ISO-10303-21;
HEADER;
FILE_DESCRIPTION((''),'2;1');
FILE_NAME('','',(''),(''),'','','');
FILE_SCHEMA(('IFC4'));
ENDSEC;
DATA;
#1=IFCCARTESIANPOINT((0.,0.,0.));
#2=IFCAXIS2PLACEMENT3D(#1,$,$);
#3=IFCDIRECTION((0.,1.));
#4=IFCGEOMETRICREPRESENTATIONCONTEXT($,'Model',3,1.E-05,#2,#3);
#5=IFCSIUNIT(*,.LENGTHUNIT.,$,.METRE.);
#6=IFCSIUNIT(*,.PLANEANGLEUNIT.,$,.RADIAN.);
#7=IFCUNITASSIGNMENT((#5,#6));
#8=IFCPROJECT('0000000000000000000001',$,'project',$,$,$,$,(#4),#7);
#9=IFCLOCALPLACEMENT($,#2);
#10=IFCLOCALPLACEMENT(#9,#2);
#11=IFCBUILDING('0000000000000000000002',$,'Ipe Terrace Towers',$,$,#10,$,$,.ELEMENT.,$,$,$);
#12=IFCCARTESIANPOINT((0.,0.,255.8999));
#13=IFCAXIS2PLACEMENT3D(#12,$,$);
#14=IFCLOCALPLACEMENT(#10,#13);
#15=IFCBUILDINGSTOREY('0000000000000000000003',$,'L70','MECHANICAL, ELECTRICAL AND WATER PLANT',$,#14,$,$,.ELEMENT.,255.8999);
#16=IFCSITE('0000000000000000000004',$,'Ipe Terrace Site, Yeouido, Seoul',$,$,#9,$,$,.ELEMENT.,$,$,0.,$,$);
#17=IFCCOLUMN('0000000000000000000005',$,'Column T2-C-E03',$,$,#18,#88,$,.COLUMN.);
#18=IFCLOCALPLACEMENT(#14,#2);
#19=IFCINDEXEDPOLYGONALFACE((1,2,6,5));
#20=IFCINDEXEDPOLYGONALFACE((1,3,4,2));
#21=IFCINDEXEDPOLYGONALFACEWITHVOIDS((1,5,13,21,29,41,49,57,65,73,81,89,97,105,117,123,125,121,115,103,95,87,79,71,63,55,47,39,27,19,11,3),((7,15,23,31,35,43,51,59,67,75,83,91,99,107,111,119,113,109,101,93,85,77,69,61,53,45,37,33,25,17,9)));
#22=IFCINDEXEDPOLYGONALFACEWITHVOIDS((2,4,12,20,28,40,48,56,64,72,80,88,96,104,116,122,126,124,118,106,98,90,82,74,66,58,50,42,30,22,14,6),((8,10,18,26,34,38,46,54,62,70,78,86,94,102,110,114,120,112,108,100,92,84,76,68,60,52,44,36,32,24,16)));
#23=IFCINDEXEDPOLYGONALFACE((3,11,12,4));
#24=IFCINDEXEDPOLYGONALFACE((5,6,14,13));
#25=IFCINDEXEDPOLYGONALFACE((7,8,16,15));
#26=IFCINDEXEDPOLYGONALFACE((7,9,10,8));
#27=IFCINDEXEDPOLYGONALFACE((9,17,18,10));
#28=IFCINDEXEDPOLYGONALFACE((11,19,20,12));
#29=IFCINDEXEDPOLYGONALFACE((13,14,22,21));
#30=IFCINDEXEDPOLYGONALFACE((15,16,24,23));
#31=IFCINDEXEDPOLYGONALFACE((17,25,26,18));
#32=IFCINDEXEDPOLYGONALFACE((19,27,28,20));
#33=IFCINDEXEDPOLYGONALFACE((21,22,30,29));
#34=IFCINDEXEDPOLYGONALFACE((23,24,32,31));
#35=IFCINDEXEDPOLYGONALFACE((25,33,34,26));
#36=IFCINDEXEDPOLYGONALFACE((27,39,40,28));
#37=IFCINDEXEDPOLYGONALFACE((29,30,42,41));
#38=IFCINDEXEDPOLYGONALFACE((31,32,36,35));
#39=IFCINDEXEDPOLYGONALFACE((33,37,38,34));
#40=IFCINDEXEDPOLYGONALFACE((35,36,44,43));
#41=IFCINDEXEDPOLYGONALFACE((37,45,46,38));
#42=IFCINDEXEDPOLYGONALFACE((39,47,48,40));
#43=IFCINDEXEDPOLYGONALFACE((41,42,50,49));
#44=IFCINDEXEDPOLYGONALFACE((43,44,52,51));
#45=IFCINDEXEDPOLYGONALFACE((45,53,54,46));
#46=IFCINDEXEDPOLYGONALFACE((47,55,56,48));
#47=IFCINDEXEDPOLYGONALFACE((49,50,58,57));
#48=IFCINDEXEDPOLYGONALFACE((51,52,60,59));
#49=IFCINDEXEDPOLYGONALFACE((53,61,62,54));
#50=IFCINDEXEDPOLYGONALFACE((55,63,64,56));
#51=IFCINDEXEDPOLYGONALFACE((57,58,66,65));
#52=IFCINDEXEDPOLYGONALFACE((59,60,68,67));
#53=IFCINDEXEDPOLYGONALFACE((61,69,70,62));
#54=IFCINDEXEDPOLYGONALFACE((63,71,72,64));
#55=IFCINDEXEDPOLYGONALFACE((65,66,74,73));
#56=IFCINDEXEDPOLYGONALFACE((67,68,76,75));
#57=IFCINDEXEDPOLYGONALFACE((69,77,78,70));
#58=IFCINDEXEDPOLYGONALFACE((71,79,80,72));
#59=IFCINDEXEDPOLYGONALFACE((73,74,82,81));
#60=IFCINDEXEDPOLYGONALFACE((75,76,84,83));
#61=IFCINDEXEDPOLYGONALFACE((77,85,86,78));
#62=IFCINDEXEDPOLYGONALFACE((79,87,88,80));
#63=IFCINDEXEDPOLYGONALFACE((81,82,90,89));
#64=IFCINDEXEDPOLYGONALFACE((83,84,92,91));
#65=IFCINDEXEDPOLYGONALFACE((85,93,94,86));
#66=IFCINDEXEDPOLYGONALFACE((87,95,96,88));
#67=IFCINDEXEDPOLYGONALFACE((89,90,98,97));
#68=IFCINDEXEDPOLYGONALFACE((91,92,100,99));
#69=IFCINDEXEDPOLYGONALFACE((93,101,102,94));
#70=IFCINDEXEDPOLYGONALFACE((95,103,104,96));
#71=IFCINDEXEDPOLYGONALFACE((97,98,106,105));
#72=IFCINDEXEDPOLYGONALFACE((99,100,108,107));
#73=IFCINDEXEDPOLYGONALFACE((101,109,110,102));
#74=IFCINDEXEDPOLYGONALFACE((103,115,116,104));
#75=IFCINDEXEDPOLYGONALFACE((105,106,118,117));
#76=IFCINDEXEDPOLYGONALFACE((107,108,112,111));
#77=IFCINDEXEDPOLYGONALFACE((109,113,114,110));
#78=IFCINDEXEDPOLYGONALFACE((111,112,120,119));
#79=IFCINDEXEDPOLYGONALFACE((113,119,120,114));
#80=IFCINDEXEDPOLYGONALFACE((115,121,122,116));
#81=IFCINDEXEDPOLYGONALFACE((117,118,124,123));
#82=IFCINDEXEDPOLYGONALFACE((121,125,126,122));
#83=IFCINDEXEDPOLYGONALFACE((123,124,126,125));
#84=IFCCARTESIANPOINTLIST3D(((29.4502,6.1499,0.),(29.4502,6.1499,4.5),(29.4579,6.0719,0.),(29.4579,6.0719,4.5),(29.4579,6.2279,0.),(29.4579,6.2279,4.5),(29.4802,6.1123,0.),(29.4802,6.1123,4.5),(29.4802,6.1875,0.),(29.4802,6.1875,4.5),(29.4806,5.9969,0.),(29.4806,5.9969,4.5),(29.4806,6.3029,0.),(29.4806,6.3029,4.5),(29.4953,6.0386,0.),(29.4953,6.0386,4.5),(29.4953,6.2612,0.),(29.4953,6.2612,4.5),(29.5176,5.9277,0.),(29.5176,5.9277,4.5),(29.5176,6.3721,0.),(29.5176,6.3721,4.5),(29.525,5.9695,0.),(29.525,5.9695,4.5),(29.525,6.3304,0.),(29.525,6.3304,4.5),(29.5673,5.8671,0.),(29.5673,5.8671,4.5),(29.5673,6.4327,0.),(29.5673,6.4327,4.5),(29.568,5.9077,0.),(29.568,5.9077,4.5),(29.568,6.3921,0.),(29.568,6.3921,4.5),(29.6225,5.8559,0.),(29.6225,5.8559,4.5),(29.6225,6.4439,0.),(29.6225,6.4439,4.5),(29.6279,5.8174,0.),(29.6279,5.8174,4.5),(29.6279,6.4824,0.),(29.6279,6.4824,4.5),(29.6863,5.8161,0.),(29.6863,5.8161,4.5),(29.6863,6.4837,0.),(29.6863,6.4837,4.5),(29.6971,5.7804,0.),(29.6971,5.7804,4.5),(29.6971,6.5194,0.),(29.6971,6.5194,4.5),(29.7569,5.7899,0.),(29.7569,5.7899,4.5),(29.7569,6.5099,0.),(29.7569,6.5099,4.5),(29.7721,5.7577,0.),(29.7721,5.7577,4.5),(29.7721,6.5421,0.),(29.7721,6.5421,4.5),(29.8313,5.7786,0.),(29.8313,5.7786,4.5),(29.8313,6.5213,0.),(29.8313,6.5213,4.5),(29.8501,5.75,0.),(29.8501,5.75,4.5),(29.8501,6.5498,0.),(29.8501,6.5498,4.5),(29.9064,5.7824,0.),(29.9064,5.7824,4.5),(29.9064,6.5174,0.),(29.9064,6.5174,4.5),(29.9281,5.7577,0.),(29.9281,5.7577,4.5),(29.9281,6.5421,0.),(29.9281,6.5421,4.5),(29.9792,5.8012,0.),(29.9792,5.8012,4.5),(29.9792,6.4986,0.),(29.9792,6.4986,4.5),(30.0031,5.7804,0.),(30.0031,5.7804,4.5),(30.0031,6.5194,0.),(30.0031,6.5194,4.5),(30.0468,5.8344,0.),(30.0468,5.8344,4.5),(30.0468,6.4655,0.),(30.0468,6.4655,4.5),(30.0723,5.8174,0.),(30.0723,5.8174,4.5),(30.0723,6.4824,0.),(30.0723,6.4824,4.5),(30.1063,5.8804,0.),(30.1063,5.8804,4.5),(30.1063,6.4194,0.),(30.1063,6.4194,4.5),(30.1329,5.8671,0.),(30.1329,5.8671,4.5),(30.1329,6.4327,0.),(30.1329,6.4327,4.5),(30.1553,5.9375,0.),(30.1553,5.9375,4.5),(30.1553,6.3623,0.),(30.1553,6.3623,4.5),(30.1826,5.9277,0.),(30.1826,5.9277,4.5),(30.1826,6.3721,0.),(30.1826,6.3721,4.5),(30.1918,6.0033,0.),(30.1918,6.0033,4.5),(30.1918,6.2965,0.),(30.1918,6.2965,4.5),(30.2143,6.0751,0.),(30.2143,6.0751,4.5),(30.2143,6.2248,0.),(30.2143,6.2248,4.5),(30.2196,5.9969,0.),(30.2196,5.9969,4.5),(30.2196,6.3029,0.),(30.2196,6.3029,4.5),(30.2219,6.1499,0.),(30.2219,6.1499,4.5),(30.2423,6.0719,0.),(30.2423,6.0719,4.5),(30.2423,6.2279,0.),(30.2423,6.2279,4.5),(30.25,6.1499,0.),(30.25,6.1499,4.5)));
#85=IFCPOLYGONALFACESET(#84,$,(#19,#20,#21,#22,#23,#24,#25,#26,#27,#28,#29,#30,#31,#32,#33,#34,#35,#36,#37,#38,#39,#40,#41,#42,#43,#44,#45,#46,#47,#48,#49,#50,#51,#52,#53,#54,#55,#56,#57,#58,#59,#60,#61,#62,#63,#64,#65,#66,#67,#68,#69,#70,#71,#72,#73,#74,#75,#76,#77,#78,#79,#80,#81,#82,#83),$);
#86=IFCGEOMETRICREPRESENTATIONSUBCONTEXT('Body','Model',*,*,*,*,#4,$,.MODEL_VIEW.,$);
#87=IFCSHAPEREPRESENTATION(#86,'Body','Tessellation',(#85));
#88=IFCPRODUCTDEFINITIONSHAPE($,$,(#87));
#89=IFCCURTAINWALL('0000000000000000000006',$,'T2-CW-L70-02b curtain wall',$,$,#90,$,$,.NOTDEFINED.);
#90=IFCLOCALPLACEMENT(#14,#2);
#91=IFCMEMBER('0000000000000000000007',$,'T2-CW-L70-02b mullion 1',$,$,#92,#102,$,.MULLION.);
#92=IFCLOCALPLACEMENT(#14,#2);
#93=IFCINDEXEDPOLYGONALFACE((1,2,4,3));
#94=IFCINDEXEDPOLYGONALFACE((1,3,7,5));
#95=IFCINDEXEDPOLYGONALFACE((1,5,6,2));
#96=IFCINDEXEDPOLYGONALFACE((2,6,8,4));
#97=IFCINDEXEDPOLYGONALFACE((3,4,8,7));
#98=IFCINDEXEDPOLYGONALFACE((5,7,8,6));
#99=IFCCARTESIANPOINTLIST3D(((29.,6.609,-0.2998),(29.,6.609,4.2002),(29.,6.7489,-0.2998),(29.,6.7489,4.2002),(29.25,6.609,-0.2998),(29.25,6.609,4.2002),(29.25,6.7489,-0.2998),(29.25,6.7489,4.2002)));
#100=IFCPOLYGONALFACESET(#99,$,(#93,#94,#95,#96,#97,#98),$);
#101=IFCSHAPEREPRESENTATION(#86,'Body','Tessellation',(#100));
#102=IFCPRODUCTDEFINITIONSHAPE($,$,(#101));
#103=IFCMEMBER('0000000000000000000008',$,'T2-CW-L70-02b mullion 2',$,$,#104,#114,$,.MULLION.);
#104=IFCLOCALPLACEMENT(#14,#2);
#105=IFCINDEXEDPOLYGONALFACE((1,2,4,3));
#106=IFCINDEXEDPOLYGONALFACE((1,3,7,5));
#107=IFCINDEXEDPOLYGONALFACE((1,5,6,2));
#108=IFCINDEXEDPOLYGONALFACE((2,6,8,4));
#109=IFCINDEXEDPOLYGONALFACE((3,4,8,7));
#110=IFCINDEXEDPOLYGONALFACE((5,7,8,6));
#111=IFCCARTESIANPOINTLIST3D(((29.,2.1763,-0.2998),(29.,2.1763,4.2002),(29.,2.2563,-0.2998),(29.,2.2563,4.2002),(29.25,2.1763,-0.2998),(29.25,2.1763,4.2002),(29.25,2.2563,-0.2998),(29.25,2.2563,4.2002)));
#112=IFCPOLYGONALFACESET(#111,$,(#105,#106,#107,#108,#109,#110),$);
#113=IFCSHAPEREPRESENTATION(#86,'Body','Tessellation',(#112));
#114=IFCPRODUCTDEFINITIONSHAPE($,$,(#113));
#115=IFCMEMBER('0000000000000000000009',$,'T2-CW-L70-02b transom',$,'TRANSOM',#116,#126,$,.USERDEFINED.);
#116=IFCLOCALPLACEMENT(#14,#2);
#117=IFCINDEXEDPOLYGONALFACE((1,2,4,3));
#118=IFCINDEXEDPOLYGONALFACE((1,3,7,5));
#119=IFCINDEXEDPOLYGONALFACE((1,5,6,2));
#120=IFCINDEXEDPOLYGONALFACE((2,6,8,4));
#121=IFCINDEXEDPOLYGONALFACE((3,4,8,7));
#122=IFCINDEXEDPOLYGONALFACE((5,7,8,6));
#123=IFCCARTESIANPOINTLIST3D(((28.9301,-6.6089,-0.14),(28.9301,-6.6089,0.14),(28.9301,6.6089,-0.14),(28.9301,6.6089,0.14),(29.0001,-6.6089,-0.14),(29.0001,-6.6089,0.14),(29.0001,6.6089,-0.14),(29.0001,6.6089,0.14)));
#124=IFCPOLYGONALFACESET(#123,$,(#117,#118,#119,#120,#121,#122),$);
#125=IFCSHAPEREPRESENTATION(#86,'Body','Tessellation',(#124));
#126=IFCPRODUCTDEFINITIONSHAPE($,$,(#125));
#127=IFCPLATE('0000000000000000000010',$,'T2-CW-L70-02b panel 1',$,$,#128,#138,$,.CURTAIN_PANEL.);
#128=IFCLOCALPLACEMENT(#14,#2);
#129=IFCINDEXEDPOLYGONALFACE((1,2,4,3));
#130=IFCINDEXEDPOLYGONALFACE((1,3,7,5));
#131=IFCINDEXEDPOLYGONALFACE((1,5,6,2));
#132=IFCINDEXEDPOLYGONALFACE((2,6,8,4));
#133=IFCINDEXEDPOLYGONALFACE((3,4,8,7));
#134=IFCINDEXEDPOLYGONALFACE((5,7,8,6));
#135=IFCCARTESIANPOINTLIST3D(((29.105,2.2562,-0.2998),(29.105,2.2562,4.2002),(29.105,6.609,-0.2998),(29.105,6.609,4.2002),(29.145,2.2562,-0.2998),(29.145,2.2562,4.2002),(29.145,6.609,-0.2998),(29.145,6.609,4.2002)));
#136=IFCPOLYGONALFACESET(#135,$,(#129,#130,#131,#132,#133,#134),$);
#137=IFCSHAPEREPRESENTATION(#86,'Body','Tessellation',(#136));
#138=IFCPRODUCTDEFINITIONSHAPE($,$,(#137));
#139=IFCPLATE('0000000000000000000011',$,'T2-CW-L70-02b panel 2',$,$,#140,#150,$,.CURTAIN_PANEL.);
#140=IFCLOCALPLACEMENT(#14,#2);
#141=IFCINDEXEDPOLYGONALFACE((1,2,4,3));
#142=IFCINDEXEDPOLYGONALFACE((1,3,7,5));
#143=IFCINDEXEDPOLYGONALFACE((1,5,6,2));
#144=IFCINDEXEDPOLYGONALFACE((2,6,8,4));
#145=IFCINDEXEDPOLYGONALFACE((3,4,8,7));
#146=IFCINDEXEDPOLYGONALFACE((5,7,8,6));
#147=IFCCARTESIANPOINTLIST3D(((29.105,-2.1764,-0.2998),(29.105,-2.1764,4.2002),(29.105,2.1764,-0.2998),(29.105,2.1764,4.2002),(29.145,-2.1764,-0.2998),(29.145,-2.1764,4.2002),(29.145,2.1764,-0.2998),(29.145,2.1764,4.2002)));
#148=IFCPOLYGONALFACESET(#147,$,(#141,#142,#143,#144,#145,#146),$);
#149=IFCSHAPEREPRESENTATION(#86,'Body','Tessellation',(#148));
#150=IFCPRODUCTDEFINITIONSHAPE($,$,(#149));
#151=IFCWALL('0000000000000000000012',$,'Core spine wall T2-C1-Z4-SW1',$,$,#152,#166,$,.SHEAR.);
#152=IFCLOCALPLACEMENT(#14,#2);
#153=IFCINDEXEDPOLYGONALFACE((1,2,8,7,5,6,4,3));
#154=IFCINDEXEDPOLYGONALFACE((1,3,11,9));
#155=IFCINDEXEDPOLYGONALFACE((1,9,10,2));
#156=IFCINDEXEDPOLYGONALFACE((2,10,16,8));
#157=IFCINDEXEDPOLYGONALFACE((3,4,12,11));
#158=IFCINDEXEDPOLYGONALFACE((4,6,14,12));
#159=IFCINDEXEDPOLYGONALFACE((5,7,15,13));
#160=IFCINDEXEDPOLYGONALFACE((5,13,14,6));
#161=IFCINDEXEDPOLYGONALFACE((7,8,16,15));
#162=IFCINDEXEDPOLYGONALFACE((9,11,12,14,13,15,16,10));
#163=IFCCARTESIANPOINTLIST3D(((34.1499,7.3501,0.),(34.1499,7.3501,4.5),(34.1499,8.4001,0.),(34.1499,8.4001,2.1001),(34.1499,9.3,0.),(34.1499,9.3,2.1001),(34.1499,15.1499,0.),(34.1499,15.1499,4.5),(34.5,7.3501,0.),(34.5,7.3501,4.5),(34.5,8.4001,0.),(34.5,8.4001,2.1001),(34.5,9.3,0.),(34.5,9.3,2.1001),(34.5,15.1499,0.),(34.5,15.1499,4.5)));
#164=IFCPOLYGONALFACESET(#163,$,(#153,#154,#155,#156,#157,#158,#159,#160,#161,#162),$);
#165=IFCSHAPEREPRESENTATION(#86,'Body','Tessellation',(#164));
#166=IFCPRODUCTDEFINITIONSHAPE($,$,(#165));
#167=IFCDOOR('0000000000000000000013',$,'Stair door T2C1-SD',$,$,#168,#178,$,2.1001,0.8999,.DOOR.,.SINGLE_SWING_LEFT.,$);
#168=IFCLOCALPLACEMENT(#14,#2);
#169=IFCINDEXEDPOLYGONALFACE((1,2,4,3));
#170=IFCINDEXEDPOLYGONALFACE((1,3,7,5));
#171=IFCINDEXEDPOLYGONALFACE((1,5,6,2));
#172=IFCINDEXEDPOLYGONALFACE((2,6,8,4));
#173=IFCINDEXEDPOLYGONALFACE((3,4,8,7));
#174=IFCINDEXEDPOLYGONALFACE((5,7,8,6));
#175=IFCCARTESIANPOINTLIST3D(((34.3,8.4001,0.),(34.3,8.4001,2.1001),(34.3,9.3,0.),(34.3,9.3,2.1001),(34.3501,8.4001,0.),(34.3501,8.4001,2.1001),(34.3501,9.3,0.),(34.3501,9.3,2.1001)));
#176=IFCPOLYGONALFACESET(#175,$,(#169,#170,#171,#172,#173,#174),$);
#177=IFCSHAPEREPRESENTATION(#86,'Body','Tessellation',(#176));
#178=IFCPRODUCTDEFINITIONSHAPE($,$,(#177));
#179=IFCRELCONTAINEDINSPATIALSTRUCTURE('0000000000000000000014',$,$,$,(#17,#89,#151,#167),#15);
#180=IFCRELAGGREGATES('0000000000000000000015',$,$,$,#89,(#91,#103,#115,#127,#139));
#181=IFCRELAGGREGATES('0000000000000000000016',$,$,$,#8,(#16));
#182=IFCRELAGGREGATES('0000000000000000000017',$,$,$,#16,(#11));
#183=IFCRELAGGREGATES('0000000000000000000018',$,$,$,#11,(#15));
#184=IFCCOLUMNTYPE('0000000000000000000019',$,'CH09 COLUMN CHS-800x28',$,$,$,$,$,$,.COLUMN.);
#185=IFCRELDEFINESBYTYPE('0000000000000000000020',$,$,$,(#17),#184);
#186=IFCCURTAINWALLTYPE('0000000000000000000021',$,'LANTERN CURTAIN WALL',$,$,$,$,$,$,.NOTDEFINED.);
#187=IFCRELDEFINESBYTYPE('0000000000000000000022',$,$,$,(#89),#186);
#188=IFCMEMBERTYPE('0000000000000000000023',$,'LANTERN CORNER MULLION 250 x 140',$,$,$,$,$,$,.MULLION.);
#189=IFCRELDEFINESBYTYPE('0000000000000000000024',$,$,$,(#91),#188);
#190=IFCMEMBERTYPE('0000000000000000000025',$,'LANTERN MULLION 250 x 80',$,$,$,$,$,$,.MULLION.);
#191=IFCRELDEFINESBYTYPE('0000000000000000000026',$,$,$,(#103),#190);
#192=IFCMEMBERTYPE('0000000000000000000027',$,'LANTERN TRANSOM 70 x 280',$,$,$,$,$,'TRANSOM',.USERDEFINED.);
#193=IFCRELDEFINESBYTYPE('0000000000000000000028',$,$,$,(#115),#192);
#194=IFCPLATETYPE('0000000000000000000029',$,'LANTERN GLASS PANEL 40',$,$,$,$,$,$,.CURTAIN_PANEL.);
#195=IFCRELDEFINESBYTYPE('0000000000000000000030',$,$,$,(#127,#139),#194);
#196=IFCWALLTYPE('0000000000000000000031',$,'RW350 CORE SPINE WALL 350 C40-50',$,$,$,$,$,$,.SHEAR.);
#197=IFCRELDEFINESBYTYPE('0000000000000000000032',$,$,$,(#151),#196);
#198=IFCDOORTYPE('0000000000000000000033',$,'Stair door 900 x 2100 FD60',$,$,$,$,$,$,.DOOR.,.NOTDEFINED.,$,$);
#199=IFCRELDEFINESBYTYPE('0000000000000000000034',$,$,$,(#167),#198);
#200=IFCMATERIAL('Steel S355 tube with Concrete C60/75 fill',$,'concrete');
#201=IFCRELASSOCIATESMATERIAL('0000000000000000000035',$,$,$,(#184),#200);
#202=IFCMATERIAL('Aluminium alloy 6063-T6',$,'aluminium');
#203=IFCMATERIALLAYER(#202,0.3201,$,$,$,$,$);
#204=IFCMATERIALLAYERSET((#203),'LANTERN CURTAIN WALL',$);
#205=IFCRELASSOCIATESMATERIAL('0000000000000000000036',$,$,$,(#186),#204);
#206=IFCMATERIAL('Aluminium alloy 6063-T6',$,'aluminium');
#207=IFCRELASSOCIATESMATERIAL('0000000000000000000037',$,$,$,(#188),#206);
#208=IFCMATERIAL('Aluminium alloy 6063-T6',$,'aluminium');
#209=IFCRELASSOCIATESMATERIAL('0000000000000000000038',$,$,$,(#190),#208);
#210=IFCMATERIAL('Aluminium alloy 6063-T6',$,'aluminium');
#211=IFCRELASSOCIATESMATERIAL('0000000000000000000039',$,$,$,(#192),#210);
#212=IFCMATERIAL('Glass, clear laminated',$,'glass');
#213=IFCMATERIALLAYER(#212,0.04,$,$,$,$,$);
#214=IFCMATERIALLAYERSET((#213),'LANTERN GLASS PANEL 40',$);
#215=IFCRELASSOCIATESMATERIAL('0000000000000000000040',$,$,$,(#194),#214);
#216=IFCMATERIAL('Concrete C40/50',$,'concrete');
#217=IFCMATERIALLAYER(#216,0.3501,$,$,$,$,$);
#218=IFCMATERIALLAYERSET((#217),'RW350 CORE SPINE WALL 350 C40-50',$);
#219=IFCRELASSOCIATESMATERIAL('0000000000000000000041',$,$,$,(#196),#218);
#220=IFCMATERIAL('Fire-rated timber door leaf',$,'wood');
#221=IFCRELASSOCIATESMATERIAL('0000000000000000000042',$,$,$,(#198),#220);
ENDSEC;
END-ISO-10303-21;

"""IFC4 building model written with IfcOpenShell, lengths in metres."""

from ifc_helpers import new_model, si_unit, direction, frame, frame_2d, origin, origin_2d, place, context, subcontext, project, spatial, rectangle, hollow_circle, extrude, material, layer, layer_set, material_profile, profile_set, type_object, element, fill, aggregate, save


model = new_model("IFC4")

# Units and contexts
model_context = context("Model", 3, precision=1e-05, world=origin(), true_north=direction((0.0, 1.0)))
body_context = subcontext(model_context, "Body", "Model", "MODEL_VIEW")
ifc_project = project(units=[si_unit("LENGTHUNIT", "METRE"), si_unit("PLANEANGLEUNIT", "RADIAN")], contexts=[model_context])

# Site, building, storey
site_placement = place(None, origin())
site = spatial("IfcSite", under=ifc_project, at=site_placement, Name="Ipe Terrace Site, Yeouido, Seoul", CompositionType="ELEMENT", RefElevation=0.0)
building_placement = place(site_placement, origin())
building = spatial("IfcBuilding", under=site, at=building_placement, Name="Ipe Terrace Towers", CompositionType="ELEMENT")
storey_placement = place(building_placement, frame((0.0, 0.0, 255.8999)))
storey = spatial("IfcBuildingStorey", under=building, at=storey_placement, Name="L70", Description="MECHANICAL, ELECTRICAL AND WATER PLANT", CompositionType="ELEMENT", Elevation=255.8999)

# Column
ifc_material_1 = material(Name="Steel S355 tube with Concrete C60/75 fill", Category="concrete")
ifc_material_profile_1 = material_profile(ifc_material_1, hollow_circle(Radius=0.3999, WallThickness=0.0281, at=origin_2d()), Name="CHS-800x28")
ifc_profile_set_1 = profile_set([ifc_material_profile_1], Name="Steel S355 tube with Concrete C60/75 fill")
column_type = type_object("IfcColumnType", Name="CH09 COLUMN CHS-800x28", PredefinedType="COLUMN", material=ifc_profile_set_1)
column_placement = place(storey_placement, frame((29.8501, 6.1499, 0.0), z_axis=(0.0, 0.0, 1.0), x_axis=(1.0, 0.0, 0.0)))
element("IfcColumn", 1, at=column_placement, inside=storey, type_object=column_type, Name="Column T2-C-E03", PredefinedType="COLUMN", context=body_context, shape_type="SweptSolid", body=[
    extrude(hollow_circle(Radius=0.3999, WallThickness=0.0281, at=origin_2d()), origin(), (0.0, 0.0, 1.0), 4.5),
])

# Curtain wall, members, plates
ifc_material_2 = material(Name="Aluminium alloy 6063-T6", Category="aluminium")
ifc_layer_1 = layer(ifc_material_2, 0.3201)
ifc_layer_set_1 = layer_set([ifc_layer_1], Name="LANTERN CURTAIN WALL")
curtain_wall_type = type_object("IfcCurtainWallType", Name="LANTERN CURTAIN WALL", PredefinedType="NOTDEFINED", material=ifc_layer_set_1)
curtain_wall_placement = place(storey_placement, origin())
curtain_wall = element("IfcCurtainWall", 2, at=curtain_wall_placement, inside=storey, type_object=curtain_wall_type, Name="T2-CW-L70-02b curtain wall", PredefinedType="NOTDEFINED")
ifc_material_3 = material(Name="Aluminium alloy 6063-T6", Category="aluminium")
ifc_material_profile_2 = material_profile(ifc_material_3, rectangle(XDim=0.25, YDim=0.1399, at=origin_2d()), Name="LANTERN CORNER MULLION 250 x 140")
ifc_profile_set_2 = profile_set([ifc_material_profile_2], Name="Aluminium alloy 6063-T6")
member_type_1 = type_object("IfcMemberType", Name="LANTERN CORNER MULLION 250 x 140", PredefinedType="MULLION", material=ifc_profile_set_2)
member_1_placement = place(storey_placement, frame((29.125, 6.679, -0.2998), z_axis=(0.0, 0.0, 1.0), x_axis=(-1.0, 0.0, 0.0)))
member_1 = element("IfcMember", 3, at=member_1_placement, type_object=member_type_1, Name="T2-CW-L70-02b mullion 1", PredefinedType="MULLION", context=body_context, shape_type="SweptSolid", body=[
    extrude(rectangle(XDim=0.25, YDim=0.1399, at=origin_2d()), origin(), (0.0, 0.0, 1.0), 4.5),
])
ifc_material_4 = material(Name="Aluminium alloy 6063-T6", Category="aluminium")
ifc_material_profile_3 = material_profile(ifc_material_4, rectangle(XDim=0.25, YDim=0.0801, at=origin_2d()), Name="LANTERN MULLION 250 x 80")
ifc_profile_set_3 = profile_set([ifc_material_profile_3], Name="Aluminium alloy 6063-T6")
member_type_2 = type_object("IfcMemberType", Name="LANTERN MULLION 250 x 80", PredefinedType="MULLION", material=ifc_profile_set_3)
member_2_placement = place(storey_placement, frame((29.125, 2.2163, -0.2998), z_axis=(0.0, 0.0, 1.0), x_axis=(-1.0, 0.0, 0.0)))
member_2 = element("IfcMember", 4, at=member_2_placement, type_object=member_type_2, Name="T2-CW-L70-02b mullion 2", PredefinedType="MULLION", context=body_context, shape_type="SweptSolid", body=[
    extrude(rectangle(XDim=0.25, YDim=0.0801, at=origin_2d()), origin(), (0.0, 0.0, 1.0), 4.5),
])
ifc_material_5 = material(Name="Aluminium alloy 6063-T6", Category="aluminium")
ifc_material_profile_4 = material_profile(ifc_material_5, rectangle(XDim=0.0701, YDim=0.28, at=origin_2d()), Name="LANTERN TRANSOM 70 x 280")
ifc_profile_set_4 = profile_set([ifc_material_profile_4], Name="Aluminium alloy 6063-T6")
member_type_3 = type_object("IfcMemberType", Name="LANTERN TRANSOM 70 x 280", ElementType="TRANSOM", PredefinedType="USERDEFINED", material=ifc_profile_set_4)
member_3_placement = place(storey_placement, frame((28.9651, 6.6089, 0.0), z_axis=(0.0, -1.0, 0.0), x_axis=(-1.0, 0.0, 0.0)))
member_3 = element("IfcMember", 5, at=member_3_placement, type_object=member_type_3, Name="T2-CW-L70-02b transom", ObjectType="TRANSOM", PredefinedType="USERDEFINED", context=body_context, shape_type="SweptSolid", body=[
    extrude(rectangle(XDim=0.0701, YDim=0.28, at=origin_2d()), origin(), (0.0, 0.0, 1.0), 13.2178),
])
ifc_material_6 = material(Name="Glass, clear laminated", Category="glass")
ifc_layer_2 = layer(ifc_material_6, 0.04)
ifc_layer_set_2 = layer_set([ifc_layer_2], Name="LANTERN GLASS PANEL 40")
plate_type = type_object("IfcPlateType", Name="LANTERN GLASS PANEL 40", PredefinedType="CURTAIN_PANEL", material=ifc_layer_set_2)
plate_1_placement = place(storey_placement, frame((29.125, 4.4326, -0.2998), z_axis=(0.0, 0.0, 1.0), x_axis=(0.0, -1.0, 0.0)))
plate_1 = element("IfcPlate", 6, at=plate_1_placement, type_object=plate_type, Name="T2-CW-L70-02b panel 1", PredefinedType="CURTAIN_PANEL", context=body_context, shape_type="SweptSolid", body=[
    extrude(rectangle(XDim=4.3528, YDim=0.04, at=origin_2d()), origin(), (0.0, 0.0, 1.0), 4.5),
])
plate_2_placement = place(storey_placement, frame((29.125, 0.0, -0.2998), z_axis=(0.0, 0.0, 1.0), x_axis=(0.0, -1.0, 0.0)))
plate_2 = element("IfcPlate", 7, at=plate_2_placement, type_object=plate_type, Name="T2-CW-L70-02b panel 2", PredefinedType="CURTAIN_PANEL", context=body_context, shape_type="SweptSolid", body=[
    extrude(rectangle(XDim=4.3528, YDim=0.04, at=origin_2d()), origin(), (0.0, 0.0, 1.0), 4.5),
])
aggregate(curtain_wall, [member_1, member_2, member_3, plate_1, plate_2])

# Wall, opening, door
ifc_material_7 = material(Name="Concrete C40/50", Category="concrete")
ifc_layer_3 = layer(ifc_material_7, 0.3501)
ifc_layer_set_3 = layer_set([ifc_layer_3], Name="RW350 CORE SPINE WALL 350 C40-50")
wall_type_1 = type_object("IfcWallType", Name="RW350 CORE SPINE WALL 350 C40-50", PredefinedType="SHEAR", material=ifc_layer_set_3)
wall_1_placement = place(storey_placement, frame((34.325, 7.3501, 0.0), z_axis=(0.0, 0.0, 1.0), x_axis=(0.0, 1.0, 0.0)))
wall_1 = element("IfcWall", 8, at=wall_1_placement, inside=storey, type_object=wall_type_1, Name="Core spine wall T2-C1-Z4-SW1", PredefinedType="SHEAR", context=body_context, shape_type="SweptSolid", body=[
    extrude(rectangle(XDim=7.7998, YDim=0.3501, at=frame_2d((3.8999, 0.0))), origin(), (0.0, 0.0, 1.0), 4.5),
])
opening_1_placement = place(wall_1_placement, frame((1.05, 0.0, 0.0)))
opening_1 = element("IfcOpeningElement", 9, at=opening_1_placement, cuts=wall_1, PredefinedType="OPENING", context=body_context, shape_type="SweptSolid", body=[
    extrude(rectangle(XDim=0.8999, YDim=2.1001, at=frame_2d((0.45, 1.05))), frame((0.0, 0.1851, 0.0), z_axis=(0.0, -1.0, 0.0), x_axis=(1.0, 0.0, 0.0)), (0.0, 0.0, 1.0), 0.3701),
])
ifc_material_8 = material(Name="Fire-rated timber door leaf", Category="wood")
door_type_1 = type_object("IfcDoorType", Name="Stair door 900 x 2100 FD60", OperationType="NOTDEFINED", PredefinedType="DOOR", material=ifc_material_8)
door_1_placement = place(opening_1_placement, origin())
door_1 = element("IfcDoor", 10, at=door_1_placement, inside=storey, type_object=door_type_1, Name="Stair door T2C1-SD", OperationType="SINGLE_SWING_LEFT", OverallHeight=2.1001, OverallWidth=0.8999, PredefinedType="DOOR", context=body_context, shape_type="SweptSolid", body=[
    extrude(rectangle(XDim=0.8999, YDim=2.1001, at=frame_2d((0.45, 1.05))), frame((0.0, 0.0249, 0.0), z_axis=(0.0, -1.0, 0.0), x_axis=(1.0, 0.0, 0.0)), (0.0, 0.0, 1.0), 0.05),
])
fill(opening_1, door_1)

save(model, "model.ifc")
